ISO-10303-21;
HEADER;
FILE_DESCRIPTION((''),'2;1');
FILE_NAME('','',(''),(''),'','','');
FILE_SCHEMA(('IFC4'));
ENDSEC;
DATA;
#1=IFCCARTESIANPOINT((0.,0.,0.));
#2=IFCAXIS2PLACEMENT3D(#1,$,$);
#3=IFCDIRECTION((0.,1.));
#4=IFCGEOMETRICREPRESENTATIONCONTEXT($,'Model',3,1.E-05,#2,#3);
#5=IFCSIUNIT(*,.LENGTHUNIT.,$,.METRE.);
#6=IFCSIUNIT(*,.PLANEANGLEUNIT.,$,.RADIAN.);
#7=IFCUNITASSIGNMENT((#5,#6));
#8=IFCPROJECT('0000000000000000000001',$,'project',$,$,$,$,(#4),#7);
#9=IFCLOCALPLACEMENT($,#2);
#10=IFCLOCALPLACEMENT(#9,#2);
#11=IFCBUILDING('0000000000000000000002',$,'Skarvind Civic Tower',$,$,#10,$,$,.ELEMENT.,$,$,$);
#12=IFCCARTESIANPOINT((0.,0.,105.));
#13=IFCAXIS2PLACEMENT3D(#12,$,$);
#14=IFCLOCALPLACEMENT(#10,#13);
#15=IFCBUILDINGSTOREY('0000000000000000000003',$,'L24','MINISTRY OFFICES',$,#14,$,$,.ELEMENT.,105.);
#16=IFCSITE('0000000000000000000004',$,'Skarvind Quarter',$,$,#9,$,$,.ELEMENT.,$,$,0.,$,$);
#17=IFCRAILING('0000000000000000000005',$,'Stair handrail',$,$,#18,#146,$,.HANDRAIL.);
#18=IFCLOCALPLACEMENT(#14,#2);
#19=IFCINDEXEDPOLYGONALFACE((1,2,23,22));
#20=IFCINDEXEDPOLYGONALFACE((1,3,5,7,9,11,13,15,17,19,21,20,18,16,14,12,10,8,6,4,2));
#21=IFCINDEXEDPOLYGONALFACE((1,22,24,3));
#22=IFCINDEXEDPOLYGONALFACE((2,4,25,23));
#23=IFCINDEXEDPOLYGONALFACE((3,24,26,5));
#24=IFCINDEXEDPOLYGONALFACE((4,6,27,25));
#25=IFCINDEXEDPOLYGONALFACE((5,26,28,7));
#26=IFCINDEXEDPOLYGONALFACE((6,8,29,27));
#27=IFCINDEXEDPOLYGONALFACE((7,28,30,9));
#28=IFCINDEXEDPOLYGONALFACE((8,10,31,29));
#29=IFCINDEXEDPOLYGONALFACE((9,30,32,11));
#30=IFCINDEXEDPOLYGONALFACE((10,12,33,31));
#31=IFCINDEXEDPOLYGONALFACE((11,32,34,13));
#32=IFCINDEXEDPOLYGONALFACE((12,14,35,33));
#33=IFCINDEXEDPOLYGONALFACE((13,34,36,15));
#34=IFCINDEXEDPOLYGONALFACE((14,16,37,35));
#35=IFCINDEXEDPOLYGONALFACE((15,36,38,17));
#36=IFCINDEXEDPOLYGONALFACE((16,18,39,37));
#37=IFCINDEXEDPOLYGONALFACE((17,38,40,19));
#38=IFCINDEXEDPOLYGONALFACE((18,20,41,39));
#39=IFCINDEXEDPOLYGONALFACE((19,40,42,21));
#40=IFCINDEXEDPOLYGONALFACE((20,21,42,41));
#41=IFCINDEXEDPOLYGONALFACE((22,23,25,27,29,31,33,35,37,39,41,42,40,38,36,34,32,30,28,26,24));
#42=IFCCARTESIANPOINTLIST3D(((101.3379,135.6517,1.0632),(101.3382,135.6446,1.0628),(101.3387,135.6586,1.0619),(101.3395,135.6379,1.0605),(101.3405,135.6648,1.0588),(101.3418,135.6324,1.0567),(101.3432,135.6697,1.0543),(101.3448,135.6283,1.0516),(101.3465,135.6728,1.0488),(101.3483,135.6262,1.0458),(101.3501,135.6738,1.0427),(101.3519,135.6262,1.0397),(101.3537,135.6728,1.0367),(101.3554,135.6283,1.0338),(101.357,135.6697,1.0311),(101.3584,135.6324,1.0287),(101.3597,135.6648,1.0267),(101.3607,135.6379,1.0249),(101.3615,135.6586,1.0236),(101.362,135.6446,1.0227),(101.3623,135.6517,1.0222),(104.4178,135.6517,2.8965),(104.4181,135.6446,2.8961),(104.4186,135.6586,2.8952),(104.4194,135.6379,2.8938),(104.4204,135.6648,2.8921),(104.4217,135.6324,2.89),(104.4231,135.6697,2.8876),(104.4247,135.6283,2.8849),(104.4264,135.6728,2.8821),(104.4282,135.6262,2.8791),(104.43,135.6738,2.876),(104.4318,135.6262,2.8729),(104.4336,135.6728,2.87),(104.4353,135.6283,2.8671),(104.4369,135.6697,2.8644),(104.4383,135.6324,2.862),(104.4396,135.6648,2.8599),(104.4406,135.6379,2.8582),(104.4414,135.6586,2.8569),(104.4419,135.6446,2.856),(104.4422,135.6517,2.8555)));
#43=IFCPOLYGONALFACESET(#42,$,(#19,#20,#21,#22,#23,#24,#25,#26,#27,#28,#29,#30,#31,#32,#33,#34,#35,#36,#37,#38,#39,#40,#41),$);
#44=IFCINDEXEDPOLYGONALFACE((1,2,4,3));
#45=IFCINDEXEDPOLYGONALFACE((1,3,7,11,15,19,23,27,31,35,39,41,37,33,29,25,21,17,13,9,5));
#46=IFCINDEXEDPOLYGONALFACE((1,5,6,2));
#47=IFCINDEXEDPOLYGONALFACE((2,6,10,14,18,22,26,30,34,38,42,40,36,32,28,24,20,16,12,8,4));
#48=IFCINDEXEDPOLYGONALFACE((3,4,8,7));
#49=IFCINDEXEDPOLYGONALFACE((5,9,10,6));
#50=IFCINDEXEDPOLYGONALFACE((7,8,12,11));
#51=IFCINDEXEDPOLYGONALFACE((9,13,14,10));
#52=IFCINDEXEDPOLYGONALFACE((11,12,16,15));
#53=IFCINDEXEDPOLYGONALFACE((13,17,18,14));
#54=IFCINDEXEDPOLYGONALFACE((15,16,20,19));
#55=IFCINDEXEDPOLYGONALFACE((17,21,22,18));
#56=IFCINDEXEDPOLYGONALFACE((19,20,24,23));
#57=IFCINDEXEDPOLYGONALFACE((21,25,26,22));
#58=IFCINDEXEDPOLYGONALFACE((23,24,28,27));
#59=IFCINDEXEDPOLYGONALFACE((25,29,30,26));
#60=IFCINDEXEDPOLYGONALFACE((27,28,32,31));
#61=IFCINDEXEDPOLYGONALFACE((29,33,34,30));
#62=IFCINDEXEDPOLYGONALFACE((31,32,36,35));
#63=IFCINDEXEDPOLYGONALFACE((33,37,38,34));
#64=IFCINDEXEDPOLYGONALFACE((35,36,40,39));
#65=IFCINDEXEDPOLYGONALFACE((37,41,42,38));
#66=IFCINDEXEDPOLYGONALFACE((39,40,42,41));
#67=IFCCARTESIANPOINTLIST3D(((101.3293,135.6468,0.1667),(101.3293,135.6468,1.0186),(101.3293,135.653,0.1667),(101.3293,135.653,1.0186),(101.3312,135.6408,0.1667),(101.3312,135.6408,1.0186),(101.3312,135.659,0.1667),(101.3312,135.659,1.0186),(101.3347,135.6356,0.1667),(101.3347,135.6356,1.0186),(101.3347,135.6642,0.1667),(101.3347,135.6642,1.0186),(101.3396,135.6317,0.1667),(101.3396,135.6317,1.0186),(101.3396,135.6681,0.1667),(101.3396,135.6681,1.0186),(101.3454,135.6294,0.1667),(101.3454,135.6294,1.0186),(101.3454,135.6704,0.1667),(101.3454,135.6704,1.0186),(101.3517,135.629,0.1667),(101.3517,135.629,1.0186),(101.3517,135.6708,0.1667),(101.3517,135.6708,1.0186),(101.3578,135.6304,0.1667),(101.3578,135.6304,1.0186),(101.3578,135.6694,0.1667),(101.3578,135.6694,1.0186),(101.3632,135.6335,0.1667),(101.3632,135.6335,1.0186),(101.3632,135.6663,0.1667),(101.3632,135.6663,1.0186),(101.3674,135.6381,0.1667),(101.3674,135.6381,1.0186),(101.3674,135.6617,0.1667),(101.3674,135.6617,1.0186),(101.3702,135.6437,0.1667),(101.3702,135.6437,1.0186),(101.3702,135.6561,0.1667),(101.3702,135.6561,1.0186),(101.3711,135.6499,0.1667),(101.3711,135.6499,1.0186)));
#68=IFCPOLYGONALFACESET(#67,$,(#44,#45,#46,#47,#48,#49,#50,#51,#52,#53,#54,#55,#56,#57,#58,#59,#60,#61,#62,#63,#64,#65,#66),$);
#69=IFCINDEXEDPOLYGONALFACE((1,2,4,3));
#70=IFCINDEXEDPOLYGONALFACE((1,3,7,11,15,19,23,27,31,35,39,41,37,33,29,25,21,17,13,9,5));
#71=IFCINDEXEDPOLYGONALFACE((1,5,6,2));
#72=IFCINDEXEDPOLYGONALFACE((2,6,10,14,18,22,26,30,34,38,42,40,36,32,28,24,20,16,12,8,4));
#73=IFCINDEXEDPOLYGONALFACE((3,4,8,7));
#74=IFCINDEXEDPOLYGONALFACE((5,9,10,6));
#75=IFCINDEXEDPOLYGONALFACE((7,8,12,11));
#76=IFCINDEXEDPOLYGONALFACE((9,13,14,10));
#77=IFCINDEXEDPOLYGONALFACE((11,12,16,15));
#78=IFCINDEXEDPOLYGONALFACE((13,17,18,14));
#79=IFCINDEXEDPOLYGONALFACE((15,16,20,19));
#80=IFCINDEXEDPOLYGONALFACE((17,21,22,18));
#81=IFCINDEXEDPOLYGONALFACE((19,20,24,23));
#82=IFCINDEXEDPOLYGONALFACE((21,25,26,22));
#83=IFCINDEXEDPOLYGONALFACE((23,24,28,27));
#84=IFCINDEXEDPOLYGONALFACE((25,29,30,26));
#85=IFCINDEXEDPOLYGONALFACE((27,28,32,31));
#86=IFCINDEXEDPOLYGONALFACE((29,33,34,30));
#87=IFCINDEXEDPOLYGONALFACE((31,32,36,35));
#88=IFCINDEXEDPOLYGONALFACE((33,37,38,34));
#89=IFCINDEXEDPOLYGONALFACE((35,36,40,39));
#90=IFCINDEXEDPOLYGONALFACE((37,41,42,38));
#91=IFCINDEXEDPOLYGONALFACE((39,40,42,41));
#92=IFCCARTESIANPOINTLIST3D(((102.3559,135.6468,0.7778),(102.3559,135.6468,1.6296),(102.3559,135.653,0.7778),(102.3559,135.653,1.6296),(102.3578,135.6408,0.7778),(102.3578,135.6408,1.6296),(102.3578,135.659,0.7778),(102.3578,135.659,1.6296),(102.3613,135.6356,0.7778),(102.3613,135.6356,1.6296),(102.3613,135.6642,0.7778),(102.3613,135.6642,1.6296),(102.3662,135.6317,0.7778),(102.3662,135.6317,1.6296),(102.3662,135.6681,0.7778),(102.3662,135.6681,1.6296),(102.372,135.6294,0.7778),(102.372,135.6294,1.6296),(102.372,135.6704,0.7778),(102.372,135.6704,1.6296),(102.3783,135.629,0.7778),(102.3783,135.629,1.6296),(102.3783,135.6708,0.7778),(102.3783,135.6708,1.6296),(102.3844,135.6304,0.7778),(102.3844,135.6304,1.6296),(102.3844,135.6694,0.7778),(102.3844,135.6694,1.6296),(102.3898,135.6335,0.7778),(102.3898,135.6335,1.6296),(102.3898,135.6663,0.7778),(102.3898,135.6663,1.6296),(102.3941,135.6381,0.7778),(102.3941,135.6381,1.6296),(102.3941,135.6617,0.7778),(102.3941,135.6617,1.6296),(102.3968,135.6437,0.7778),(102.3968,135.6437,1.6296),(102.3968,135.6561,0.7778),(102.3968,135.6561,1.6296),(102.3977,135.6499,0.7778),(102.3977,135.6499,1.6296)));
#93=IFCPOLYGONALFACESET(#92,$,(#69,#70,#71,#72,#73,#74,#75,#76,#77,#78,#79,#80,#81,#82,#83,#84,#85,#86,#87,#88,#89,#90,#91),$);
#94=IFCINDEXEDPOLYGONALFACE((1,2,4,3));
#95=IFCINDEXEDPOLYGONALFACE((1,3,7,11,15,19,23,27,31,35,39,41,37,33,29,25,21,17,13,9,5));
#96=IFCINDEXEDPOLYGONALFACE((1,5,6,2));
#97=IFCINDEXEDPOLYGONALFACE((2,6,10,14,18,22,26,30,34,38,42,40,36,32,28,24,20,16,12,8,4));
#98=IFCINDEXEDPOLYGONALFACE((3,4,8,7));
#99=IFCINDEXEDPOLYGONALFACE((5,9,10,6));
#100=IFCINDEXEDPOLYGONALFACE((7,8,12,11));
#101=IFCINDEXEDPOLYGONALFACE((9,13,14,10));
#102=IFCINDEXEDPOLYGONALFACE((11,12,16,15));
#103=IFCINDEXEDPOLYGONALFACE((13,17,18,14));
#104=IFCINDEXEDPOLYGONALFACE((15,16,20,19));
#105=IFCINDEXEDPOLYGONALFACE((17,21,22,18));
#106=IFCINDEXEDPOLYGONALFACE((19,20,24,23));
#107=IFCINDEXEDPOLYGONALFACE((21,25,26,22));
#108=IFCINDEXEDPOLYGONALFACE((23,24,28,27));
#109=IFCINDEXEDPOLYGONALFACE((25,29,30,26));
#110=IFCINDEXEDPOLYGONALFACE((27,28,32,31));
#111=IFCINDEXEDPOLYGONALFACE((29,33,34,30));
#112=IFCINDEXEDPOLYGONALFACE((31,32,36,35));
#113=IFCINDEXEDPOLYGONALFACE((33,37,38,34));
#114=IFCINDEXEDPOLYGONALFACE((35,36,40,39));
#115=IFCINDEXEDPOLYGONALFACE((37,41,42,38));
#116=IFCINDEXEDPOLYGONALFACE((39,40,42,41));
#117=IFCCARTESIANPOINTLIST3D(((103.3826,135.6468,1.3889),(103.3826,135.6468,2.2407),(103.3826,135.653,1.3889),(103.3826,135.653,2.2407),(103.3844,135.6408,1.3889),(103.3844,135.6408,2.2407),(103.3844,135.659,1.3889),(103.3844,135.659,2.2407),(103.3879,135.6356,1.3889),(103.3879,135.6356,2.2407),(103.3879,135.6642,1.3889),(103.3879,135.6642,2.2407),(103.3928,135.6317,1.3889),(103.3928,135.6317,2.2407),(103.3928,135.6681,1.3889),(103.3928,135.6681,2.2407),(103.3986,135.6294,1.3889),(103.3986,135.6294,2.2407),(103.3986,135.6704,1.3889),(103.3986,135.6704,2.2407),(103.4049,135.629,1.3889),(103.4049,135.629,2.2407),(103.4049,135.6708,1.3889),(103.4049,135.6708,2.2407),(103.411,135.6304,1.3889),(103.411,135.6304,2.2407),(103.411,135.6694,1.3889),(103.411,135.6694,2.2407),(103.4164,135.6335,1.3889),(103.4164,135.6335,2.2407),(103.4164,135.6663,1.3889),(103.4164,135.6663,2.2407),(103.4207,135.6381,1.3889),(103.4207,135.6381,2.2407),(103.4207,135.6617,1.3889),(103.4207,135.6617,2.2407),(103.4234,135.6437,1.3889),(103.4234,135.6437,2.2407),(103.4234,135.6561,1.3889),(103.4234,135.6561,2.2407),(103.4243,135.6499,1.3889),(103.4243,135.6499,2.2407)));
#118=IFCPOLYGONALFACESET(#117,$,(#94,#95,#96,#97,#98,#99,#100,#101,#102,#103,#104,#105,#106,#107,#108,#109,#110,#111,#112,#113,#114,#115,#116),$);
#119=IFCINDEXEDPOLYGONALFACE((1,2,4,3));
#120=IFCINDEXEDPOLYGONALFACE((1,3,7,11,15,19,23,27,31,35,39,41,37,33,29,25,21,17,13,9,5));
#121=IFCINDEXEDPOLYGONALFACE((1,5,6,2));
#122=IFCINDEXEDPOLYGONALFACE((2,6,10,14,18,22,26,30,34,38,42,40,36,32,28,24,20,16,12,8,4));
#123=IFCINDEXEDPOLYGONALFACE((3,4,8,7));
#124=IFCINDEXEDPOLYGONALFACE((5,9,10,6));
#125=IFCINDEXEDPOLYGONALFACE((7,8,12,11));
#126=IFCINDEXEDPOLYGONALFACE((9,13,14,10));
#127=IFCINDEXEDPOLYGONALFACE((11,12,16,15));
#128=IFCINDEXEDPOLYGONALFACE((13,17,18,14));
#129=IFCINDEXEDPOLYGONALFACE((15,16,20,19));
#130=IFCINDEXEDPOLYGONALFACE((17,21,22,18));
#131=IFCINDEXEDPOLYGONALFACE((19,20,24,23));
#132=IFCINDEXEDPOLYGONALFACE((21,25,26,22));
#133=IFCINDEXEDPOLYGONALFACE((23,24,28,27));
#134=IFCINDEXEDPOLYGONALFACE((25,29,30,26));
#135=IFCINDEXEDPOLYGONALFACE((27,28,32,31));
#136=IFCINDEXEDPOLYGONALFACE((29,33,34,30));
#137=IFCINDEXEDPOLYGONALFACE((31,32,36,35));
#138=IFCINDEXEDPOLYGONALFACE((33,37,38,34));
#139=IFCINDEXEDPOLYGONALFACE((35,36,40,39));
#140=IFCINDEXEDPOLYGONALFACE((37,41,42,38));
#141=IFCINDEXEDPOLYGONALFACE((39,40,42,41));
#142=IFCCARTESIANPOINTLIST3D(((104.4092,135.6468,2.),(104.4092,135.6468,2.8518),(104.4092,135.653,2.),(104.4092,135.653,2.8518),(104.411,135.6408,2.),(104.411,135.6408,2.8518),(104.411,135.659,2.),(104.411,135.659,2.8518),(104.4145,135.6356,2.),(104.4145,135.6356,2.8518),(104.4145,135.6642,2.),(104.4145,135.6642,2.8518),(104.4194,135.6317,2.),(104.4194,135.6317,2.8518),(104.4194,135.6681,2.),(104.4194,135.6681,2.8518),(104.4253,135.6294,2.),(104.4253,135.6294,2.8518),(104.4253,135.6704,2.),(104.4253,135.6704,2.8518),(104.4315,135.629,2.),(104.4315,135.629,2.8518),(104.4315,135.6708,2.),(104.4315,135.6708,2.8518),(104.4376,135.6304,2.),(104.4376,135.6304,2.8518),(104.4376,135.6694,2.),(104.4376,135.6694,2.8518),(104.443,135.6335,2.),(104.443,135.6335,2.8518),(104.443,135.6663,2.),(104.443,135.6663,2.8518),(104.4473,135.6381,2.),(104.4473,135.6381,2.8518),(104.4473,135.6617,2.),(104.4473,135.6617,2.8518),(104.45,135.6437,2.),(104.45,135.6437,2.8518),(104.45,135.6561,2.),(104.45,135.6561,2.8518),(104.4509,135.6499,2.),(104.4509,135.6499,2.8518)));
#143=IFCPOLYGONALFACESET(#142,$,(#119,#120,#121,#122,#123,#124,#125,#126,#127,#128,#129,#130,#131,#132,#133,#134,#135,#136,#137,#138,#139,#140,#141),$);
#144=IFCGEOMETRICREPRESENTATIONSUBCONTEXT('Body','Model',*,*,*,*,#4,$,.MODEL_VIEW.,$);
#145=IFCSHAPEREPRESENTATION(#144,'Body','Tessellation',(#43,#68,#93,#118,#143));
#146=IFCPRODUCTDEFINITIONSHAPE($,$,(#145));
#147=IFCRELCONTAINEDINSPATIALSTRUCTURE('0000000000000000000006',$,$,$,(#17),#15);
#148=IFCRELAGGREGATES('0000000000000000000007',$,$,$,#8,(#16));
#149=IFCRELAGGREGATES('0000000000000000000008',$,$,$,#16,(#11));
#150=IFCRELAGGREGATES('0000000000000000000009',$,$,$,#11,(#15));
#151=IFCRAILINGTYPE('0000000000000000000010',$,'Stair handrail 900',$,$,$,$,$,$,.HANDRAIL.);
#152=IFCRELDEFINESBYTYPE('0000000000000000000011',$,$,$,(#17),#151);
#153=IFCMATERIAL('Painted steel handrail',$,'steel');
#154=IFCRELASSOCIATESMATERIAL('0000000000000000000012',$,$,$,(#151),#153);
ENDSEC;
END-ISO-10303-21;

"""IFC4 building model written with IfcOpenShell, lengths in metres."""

from ifc_helpers import new_model, si_unit, direction, frame, origin, origin_2d, place, context, subcontext, project, spatial, circle, extrude, material, type_object, element, save


model = new_model("IFC4")

# Units and contexts
model_context = context("Model", 3, precision=1e-05, world=origin(), true_north=direction((0.0, 1.0)))
body_context = subcontext(model_context, "Body", "Model", "MODEL_VIEW")
ifc_project = project(units=[si_unit("LENGTHUNIT", "METRE"), si_unit("PLANEANGLEUNIT", "RADIAN")], contexts=[model_context])

# Site, building, storey
site_placement = place(None, origin())
site = spatial("IfcSite", under=ifc_project, at=site_placement, Name="Skarvind Quarter", CompositionType="ELEMENT", RefElevation=0.0)
building_placement = place(site_placement, origin())
building = spatial("IfcBuilding", under=site, at=building_placement, Name="Skarvind Civic Tower", CompositionType="ELEMENT")
storey_placement = place(building_placement, frame((0.0, 0.0, 105.0)))
storey = spatial("IfcBuildingStorey", under=building, at=storey_placement, Name="L24", Description="MINISTRY OFFICES", CompositionType="ELEMENT", Elevation=105.0)

# Railing
ifc_material_1 = material(Name="Painted steel handrail", Category="steel")
railing_type = type_object("IfcRailingType", Name="Stair handrail 900", PredefinedType="HANDRAIL", material=ifc_material_1)
for number, where, name in (
    (1, (101.3501, 135.6499, 0.1667), "Stair handrail"),
):
    element("IfcRailing", number, at=place(storey_placement, frame(where)), inside=storey, type_object=railing_type, Name=name, PredefinedType="HANDRAIL", context=body_context, shape_type="SweptSolid", body=[
        extrude(circle(Radius=0.0239, at=origin_2d()), frame((0.0, 0.0, 0.876), z_axis=(0.859291, 0.0, 0.511487), x_axis=(0.0, 1.0, 0.0)), (0.0, 0.0, 1.0), 3.5842),
        extrude(circle(Radius=0.021, at=origin_2d()), origin(), (0.0, 0.0, 1.0), 0.8518),
        extrude(circle(Radius=0.021, at=origin_2d()), frame((1.0266, 0.0, 0.6111)), (0.0, 0.0, 1.0), 0.8518),
        extrude(circle(Radius=0.021, at=origin_2d()), frame((2.0532, 0.0, 1.2222)), (0.0, 0.0, 1.0), 0.8518),
        extrude(circle(Radius=0.021, at=origin_2d()), frame((3.0798, 0.0, 1.8333)), (0.0, 0.0, 1.0), 0.8518),
    ])

save(model, "model.ifc")
